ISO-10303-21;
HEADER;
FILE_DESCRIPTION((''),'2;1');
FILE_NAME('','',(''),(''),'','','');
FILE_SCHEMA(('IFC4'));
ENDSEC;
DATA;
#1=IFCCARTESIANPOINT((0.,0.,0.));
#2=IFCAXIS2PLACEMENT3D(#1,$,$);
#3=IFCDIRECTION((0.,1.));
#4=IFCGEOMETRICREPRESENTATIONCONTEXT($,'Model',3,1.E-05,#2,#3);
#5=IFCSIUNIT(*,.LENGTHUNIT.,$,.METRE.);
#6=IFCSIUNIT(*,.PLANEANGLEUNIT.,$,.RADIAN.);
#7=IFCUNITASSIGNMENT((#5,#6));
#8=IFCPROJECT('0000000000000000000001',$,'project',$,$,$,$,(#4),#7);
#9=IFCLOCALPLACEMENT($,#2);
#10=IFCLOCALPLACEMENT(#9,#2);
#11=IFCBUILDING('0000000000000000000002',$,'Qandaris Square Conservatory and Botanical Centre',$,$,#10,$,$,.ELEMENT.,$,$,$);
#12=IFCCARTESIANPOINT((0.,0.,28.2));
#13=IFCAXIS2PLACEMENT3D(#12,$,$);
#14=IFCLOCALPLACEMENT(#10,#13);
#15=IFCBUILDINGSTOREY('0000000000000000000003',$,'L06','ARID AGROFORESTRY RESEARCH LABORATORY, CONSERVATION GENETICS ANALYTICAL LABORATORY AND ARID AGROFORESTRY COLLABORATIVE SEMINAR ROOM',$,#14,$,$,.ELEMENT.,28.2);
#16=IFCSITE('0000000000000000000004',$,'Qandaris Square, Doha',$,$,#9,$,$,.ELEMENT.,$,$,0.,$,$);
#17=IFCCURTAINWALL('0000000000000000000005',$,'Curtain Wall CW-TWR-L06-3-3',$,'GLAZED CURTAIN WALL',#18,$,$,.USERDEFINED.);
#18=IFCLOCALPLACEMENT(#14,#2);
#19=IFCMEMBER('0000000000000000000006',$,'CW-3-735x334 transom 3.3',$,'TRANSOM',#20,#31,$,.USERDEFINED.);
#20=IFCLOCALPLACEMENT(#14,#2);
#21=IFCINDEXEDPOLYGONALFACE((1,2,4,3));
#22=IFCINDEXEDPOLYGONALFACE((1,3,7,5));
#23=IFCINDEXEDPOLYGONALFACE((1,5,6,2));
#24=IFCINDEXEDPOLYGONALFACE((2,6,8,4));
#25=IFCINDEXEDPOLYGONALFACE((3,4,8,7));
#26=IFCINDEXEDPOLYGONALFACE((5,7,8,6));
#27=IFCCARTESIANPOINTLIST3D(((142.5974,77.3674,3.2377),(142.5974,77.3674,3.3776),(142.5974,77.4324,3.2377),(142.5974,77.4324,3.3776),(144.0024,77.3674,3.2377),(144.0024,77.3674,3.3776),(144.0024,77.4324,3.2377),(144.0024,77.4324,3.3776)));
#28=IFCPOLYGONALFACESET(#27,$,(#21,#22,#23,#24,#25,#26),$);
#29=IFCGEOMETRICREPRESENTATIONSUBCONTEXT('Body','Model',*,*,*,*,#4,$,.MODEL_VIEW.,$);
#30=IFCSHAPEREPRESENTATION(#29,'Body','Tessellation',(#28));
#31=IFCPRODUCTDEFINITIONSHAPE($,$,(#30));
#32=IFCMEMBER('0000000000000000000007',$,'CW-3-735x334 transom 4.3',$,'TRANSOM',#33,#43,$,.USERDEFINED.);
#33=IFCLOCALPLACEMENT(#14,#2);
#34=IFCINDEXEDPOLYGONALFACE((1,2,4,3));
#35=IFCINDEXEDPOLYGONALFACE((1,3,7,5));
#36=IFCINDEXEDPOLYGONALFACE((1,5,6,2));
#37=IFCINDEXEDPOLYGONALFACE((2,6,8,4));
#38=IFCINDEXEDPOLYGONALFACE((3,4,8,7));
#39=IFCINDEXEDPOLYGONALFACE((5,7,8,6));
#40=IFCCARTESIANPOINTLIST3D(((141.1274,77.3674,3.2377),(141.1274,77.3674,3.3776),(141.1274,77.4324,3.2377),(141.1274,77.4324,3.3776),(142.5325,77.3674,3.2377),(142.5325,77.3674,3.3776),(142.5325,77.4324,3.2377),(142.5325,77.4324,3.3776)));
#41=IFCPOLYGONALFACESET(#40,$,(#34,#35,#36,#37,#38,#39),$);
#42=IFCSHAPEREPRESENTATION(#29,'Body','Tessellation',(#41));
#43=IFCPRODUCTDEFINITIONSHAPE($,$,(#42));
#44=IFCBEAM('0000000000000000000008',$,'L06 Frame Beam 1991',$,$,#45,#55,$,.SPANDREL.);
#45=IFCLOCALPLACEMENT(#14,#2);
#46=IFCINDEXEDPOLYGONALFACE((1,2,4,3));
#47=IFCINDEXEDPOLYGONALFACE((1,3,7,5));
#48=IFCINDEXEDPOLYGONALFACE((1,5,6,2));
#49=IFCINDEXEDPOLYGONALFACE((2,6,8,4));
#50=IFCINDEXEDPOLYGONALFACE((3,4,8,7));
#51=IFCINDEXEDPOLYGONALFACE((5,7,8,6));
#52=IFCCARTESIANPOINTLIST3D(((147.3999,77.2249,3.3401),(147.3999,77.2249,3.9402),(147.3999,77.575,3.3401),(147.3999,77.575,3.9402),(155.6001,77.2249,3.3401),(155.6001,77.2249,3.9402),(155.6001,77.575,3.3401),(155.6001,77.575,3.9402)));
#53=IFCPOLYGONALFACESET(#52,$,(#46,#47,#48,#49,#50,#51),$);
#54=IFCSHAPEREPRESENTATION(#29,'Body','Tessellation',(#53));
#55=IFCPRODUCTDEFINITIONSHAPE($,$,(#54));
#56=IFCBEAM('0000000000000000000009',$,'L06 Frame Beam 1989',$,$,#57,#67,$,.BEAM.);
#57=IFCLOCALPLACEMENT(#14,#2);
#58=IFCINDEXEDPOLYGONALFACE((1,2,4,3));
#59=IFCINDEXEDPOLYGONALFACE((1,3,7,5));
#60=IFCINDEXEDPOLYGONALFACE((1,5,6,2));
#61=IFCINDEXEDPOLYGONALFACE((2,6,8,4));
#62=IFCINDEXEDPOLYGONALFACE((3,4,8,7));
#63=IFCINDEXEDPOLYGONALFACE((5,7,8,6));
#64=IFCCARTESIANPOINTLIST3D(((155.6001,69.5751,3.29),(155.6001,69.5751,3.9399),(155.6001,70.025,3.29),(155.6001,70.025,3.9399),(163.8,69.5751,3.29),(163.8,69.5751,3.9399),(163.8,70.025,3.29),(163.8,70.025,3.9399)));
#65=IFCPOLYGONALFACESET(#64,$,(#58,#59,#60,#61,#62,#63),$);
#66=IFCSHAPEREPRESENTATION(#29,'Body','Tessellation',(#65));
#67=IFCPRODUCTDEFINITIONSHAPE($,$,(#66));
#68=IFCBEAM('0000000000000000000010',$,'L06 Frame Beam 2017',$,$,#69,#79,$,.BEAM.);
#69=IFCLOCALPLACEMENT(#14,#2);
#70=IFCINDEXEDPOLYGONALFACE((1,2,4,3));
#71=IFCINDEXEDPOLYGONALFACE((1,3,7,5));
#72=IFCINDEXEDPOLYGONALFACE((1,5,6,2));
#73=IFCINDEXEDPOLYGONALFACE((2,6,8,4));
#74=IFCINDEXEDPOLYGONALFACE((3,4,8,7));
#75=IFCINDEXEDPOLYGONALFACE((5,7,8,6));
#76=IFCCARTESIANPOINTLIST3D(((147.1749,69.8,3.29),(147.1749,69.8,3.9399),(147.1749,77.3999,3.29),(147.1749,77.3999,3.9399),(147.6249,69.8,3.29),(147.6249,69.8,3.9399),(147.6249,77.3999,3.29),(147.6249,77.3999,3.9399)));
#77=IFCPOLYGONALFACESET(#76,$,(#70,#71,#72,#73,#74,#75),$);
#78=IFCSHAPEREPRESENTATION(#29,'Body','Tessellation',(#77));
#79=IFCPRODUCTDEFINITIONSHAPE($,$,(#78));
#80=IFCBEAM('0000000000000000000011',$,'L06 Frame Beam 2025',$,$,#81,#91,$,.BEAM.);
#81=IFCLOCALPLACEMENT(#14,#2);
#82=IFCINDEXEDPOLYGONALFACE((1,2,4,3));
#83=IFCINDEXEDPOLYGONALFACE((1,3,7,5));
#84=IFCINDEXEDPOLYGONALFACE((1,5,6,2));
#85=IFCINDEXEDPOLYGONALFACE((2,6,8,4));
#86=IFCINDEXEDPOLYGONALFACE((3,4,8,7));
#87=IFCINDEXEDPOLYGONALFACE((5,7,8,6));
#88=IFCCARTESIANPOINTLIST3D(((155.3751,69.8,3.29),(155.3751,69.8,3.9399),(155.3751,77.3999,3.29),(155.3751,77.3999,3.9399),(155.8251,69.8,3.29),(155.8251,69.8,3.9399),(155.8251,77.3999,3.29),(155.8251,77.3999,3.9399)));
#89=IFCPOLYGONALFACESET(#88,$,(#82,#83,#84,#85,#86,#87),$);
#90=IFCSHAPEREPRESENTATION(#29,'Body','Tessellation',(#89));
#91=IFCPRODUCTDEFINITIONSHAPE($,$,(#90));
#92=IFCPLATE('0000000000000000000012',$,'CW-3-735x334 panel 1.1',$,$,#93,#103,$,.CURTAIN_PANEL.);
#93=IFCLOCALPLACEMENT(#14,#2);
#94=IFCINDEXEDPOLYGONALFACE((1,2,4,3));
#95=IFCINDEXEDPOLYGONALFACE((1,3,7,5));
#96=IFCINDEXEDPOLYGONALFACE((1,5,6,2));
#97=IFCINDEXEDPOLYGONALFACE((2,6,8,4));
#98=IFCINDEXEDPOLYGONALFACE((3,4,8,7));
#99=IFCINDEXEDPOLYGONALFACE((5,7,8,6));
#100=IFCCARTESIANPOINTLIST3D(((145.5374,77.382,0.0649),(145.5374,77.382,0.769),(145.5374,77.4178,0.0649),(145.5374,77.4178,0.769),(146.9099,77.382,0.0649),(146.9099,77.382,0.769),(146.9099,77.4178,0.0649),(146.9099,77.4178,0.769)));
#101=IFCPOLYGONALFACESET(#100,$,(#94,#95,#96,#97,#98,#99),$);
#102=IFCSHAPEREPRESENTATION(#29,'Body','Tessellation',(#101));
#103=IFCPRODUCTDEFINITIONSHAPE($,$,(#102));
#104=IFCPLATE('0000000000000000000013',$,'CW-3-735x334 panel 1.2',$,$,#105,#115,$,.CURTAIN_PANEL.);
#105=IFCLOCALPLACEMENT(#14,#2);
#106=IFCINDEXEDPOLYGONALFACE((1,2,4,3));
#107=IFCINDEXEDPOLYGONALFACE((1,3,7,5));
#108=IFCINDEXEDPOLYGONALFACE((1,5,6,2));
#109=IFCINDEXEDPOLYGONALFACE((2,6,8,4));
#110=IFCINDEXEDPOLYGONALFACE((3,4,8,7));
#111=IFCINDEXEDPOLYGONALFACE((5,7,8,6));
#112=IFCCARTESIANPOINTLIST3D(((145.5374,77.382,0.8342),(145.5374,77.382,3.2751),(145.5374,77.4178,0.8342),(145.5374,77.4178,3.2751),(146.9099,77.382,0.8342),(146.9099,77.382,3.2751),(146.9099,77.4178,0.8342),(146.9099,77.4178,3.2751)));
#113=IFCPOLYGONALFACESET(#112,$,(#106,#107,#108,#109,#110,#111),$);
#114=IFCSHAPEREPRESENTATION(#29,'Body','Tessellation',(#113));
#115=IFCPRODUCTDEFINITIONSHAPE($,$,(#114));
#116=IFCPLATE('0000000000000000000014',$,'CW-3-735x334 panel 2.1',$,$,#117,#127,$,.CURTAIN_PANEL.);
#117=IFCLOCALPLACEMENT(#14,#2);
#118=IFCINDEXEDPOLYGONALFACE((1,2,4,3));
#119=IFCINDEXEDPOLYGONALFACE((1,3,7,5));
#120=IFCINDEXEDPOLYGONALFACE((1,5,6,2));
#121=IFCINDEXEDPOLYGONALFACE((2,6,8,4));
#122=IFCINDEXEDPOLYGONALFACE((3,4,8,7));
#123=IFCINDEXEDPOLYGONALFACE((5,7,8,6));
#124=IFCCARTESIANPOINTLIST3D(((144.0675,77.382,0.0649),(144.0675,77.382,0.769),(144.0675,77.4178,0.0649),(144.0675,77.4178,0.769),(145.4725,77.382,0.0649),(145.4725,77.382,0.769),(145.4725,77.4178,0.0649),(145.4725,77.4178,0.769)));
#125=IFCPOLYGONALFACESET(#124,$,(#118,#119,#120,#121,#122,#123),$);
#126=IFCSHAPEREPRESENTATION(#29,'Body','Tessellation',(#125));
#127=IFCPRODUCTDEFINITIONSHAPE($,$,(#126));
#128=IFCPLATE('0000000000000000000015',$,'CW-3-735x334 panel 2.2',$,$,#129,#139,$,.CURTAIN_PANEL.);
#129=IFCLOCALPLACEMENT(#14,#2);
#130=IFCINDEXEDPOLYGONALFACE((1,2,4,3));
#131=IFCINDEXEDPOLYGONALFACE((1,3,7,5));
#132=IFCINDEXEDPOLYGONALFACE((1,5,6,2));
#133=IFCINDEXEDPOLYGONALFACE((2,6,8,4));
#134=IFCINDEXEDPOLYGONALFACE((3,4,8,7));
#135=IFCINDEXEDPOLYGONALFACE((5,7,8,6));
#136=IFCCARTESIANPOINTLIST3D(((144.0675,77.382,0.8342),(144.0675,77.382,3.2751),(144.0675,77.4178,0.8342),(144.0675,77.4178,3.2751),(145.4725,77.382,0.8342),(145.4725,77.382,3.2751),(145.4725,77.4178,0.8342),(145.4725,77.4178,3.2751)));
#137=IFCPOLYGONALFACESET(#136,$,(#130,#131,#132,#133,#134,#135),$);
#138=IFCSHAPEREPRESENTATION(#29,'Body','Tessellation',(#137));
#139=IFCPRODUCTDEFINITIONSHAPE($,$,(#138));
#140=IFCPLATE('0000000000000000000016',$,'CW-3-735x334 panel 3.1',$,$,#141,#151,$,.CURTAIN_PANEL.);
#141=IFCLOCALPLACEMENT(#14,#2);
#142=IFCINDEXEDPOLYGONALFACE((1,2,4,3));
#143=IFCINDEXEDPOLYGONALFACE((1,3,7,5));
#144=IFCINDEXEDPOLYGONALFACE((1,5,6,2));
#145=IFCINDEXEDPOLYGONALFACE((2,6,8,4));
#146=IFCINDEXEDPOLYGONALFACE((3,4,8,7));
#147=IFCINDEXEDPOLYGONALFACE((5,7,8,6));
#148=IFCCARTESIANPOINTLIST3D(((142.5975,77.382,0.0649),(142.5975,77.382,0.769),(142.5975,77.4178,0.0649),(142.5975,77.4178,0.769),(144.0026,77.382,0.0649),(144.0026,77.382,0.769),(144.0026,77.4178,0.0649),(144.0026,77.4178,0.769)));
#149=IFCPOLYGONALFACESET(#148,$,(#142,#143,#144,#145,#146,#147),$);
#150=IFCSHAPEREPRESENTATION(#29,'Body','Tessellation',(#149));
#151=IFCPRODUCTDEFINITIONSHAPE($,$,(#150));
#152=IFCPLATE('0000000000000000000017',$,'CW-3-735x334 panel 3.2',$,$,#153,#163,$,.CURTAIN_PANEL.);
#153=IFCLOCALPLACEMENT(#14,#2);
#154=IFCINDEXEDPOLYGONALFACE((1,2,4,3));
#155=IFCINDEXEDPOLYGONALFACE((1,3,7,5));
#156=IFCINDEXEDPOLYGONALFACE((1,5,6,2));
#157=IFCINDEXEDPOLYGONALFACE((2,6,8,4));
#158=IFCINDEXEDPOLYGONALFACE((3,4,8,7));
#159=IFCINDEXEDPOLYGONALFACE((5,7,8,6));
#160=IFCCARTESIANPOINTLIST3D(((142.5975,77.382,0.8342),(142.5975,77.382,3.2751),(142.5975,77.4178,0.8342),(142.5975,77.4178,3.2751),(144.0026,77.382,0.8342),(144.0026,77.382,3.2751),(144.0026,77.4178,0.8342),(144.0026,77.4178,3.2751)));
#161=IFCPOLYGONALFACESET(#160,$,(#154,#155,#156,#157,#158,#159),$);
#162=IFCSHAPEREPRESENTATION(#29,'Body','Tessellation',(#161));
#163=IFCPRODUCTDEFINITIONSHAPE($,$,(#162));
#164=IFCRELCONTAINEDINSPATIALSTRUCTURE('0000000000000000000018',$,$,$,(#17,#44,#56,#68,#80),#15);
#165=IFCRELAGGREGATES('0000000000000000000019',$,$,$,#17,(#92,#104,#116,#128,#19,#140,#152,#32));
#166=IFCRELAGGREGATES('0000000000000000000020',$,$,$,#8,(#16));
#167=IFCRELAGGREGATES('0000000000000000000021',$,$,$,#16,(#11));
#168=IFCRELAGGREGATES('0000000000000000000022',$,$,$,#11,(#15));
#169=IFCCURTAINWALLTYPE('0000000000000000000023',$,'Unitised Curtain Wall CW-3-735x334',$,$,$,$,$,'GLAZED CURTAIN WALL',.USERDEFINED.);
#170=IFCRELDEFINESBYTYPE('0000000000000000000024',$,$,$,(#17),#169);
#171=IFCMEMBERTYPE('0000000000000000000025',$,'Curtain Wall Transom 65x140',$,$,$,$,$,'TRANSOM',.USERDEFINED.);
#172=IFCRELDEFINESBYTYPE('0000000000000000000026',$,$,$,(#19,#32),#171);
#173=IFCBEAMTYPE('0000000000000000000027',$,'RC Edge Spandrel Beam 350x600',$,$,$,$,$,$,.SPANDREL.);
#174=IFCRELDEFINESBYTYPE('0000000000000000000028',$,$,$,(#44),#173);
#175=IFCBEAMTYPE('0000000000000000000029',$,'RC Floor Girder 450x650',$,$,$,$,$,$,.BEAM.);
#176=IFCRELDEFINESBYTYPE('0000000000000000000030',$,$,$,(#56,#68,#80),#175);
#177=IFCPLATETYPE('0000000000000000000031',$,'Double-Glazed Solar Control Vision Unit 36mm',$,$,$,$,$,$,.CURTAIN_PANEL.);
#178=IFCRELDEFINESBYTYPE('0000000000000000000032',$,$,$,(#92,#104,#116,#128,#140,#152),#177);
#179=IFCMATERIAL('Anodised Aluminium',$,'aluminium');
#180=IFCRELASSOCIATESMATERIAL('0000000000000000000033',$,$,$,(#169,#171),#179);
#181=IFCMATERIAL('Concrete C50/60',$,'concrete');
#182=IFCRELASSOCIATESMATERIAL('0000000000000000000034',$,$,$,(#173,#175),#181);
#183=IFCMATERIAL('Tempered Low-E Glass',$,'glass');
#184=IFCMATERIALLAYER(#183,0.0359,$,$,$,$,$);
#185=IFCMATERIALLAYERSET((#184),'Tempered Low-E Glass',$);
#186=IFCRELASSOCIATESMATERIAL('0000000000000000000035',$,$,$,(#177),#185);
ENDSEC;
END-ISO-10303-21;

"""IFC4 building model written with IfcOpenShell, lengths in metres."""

from ifc_helpers import new_model, si_unit, direction, frame, origin, origin_2d, place, context, subcontext, project, spatial, rectangle, extrude, material, layer, layer_set, material_profile, profile_set, type_object, element, aggregate, save


model = new_model("IFC4")

# Units and contexts
model_context = context("Model", 3, precision=1e-05, world=origin(), true_north=direction((0.0, 1.0)))
body_context = subcontext(model_context, "Body", "Model", "MODEL_VIEW")
ifc_project = project(units=[si_unit("LENGTHUNIT", "METRE"), si_unit("PLANEANGLEUNIT", "RADIAN")], contexts=[model_context])

# Site, building, storey
site_placement = place(None, origin())
site = spatial("IfcSite", under=ifc_project, at=site_placement, Name="Qandaris Square, Doha", CompositionType="ELEMENT", RefElevation=0.0)
building_placement = place(site_placement, origin())
building = spatial("IfcBuilding", under=site, at=building_placement, Name="Qandaris Square Conservatory and Botanical Centre", CompositionType="ELEMENT")
storey_placement = place(building_placement, frame((0.0, 0.0, 28.2)))
storey = spatial("IfcBuildingStorey", under=building, at=storey_placement, Name="L06", Description="ARID AGROFORESTRY RESEARCH LABORATORY, CONSERVATION GENETICS ANALYTICAL LABORATORY AND ARID AGROFORESTRY COLLABORATIVE SEMINAR ROOM", CompositionType="ELEMENT", Elevation=28.2)

# Shared definitions
ifc_material_1 = material(Name="Concrete C50/60", Category="concrete")

# Curtain wall, members
ifc_material_2 = material(Name="Anodised Aluminium", Category="aluminium")
curtain_wall_type = type_object("IfcCurtainWallType", Name="Unitised Curtain Wall CW-3-735x334", ElementType="GLAZED CURTAIN WALL", PredefinedType="USERDEFINED", material=ifc_material_2)
curtain_wall_placement = place(storey_placement, origin())
curtain_wall = element("IfcCurtainWall", 1, at=curtain_wall_placement, inside=storey, type_object=curtain_wall_type, Name="Curtain Wall CW-TWR-L06-3-3", ObjectType="GLAZED CURTAIN WALL", PredefinedType="USERDEFINED")
ifc_material_profile_1 = material_profile(ifc_material_2, rectangle(XDim=0.0649, YDim=0.1399, at=origin_2d()), Name="ALU-TRN 65x140")
ifc_profile_set_1 = profile_set([ifc_material_profile_1], Name="Anodised Aluminium")
member_type_1 = type_object("IfcMemberType", Name="Curtain Wall Transom 65x140", ElementType="TRANSOM", PredefinedType="USERDEFINED", material=ifc_profile_set_1)
member_1_placement = place(storey_placement, frame((144.0024, 77.3999, 3.3076), z_axis=(-1.0, 0.0, 0.0), x_axis=(0.0, -1.0, 0.0)))
member_1 = element("IfcMember", 2, at=member_1_placement, type_object=member_type_1, Name="CW-3-735x334 transom 3.3", ObjectType="TRANSOM", PredefinedType="USERDEFINED", context=body_context, shape_type="SweptSolid", body=[
    extrude(rectangle(XDim=0.0649, YDim=0.1399, at=origin_2d()), origin(), (0.0, 0.0, 1.0), 1.405),
])
member_2_placement = place(storey_placement, frame((142.5325, 77.3999, 3.3076), z_axis=(-1.0, 0.0, 0.0), x_axis=(0.0, -1.0, 0.0)))
member_2 = element("IfcMember", 3, at=member_2_placement, type_object=member_type_1, Name="CW-3-735x334 transom 4.3", ObjectType="TRANSOM", PredefinedType="USERDEFINED", context=body_context, shape_type="SweptSolid", body=[
    extrude(rectangle(XDim=0.0649, YDim=0.1399, at=origin_2d()), origin(), (0.0, 0.0, 1.0), 1.405),
])

# Beams
ifc_material_profile_2 = material_profile(ifc_material_1, rectangle(XDim=0.3501, YDim=0.6001, at=origin_2d()), Name="RC-SP 350x600")
ifc_profile_set_2 = profile_set([ifc_material_profile_2], Name="Concrete C50/60")
beam_type_1 = type_object("IfcBeamType", Name="RC Edge Spandrel Beam 350x600", PredefinedType="SPANDREL", material=ifc_profile_set_2)
beam_1_placement = place(storey_placement, frame((147.3999, 77.3999, 3.6401), z_axis=(1.0, 0.0, 0.0), x_axis=(0.0, 1.0, 0.0)))
element("IfcBeam", 4, at=beam_1_placement, inside=storey, type_object=beam_type_1, Name="L06 Frame Beam 1991", PredefinedType="SPANDREL", context=body_context, shape_type="SweptSolid", body=[
    extrude(rectangle(XDim=0.3501, YDim=0.6001, at=origin_2d()), origin(), (0.0, 0.0, 1.0), 8.2002),
])
ifc_material_profile_3 = material_profile(ifc_material_1, rectangle(XDim=0.45, YDim=0.6499, at=origin_2d()), Name="RC-BM 450x650")
ifc_profile_set_3 = profile_set([ifc_material_profile_3], Name="Concrete C50/60")
beam_type_2 = type_object("IfcBeamType", Name="RC Floor Girder 450x650", PredefinedType="BEAM", material=ifc_profile_set_3)
beam_2_placement = place(storey_placement, frame((155.6001, 69.8, 3.615), z_axis=(1.0, 0.0, 0.0), x_axis=(0.0, 1.0, 0.0)))
element("IfcBeam", 5, at=beam_2_placement, inside=storey, type_object=beam_type_2, Name="L06 Frame Beam 1989", PredefinedType="BEAM", context=body_context, shape_type="SweptSolid", body=[
    extrude(rectangle(XDim=0.45, YDim=0.6499, at=origin_2d()), origin(), (0.0, 0.0, 1.0), 8.2),
])
for number, where, z_axis, x_axis, name in (
    (6, (147.3999, 69.8, 3.615), (0.0, 1.0, 0.0), (-1.0, 0.0, 0.0), "L06 Frame Beam 2017"),
    (7, (155.6001, 69.8, 3.615), (0.0, 1.0, 0.0), (-1.0, 0.0, 0.0), "L06 Frame Beam 2025"),
):
    element("IfcBeam", number, at=place(storey_placement, frame(where, z_axis=z_axis, x_axis=x_axis)), inside=storey, type_object=beam_type_2, Name=name, PredefinedType="BEAM", context=body_context, shape_type="SweptSolid", body=[
        extrude(rectangle(XDim=0.45, YDim=0.6499, at=origin_2d()), origin(), (0.0, 0.0, 1.0), 7.5999),
    ])

# Plates
ifc_material_3 = material(Name="Tempered Low-E Glass", Category="glass")
ifc_layer_1 = layer(ifc_material_3, 0.0359)
ifc_layer_set_1 = layer_set([ifc_layer_1], Name="Tempered Low-E Glass")
plate_type = type_object("IfcPlateType", Name="Double-Glazed Solar Control Vision Unit 36mm", PredefinedType="CURTAIN_PANEL", material=ifc_layer_set_1)
plate_1_placement = place(storey_placement, frame((146.2236, 77.3999, 0.0649), z_axis=(0.0, 0.0, 1.0), x_axis=(-1.0, 0.0, 0.0)))
plate_1 = element("IfcPlate", 8, at=plate_1_placement, type_object=plate_type, Name="CW-3-735x334 panel 1.1", PredefinedType="CURTAIN_PANEL", context=body_context, shape_type="SweptSolid", body=[
    extrude(rectangle(XDim=1.3726, YDim=0.0359, at=origin_2d()), origin(), (0.0, 0.0, 1.0), 0.7041),
])
plate_2_placement = place(storey_placement, frame((146.2236, 77.3999, 0.8342), z_axis=(0.0, 0.0, 1.0), x_axis=(-1.0, 0.0, 0.0)))
plate_2 = element("IfcPlate", 9, at=plate_2_placement, type_object=plate_type, Name="CW-3-735x334 panel 1.2", PredefinedType="CURTAIN_PANEL", context=body_context, shape_type="SweptSolid", body=[
    extrude(rectangle(XDim=1.3726, YDim=0.0359, at=origin_2d()), origin(), (0.0, 0.0, 1.0), 2.4409),
])
plate_3_placement = place(storey_placement, frame((144.77, 77.3999, 0.0649), z_axis=(0.0, 0.0, 1.0), x_axis=(-1.0, 0.0, 0.0)))
plate_3 = element("IfcPlate", 10, at=plate_3_placement, type_object=plate_type, Name="CW-3-735x334 panel 2.1", PredefinedType="CURTAIN_PANEL", context=body_context, shape_type="SweptSolid", body=[
    extrude(rectangle(XDim=1.405, YDim=0.0359, at=origin_2d()), origin(), (0.0, 0.0, 1.0), 0.7041),
])
plate_4_placement = place(storey_placement, frame((144.77, 77.3999, 0.8342), z_axis=(0.0, 0.0, 1.0), x_axis=(-1.0, 0.0, 0.0)))
plate_4 = element("IfcPlate", 11, at=plate_4_placement, type_object=plate_type, Name="CW-3-735x334 panel 2.2", PredefinedType="CURTAIN_PANEL", context=body_context, shape_type="SweptSolid", body=[
    extrude(rectangle(XDim=1.405, YDim=0.0359, at=origin_2d()), origin(), (0.0, 0.0, 1.0), 2.4409),
])
plate_5_placement = place(storey_placement, frame((143.3, 77.3999, 0.0649), z_axis=(0.0, 0.0, 1.0), x_axis=(-1.0, 0.0, 0.0)))
plate_5 = element("IfcPlate", 12, at=plate_5_placement, type_object=plate_type, Name="CW-3-735x334 panel 3.1", PredefinedType="CURTAIN_PANEL", context=body_context, shape_type="SweptSolid", body=[
    extrude(rectangle(XDim=1.405, YDim=0.0359, at=origin_2d()), origin(), (0.0, 0.0, 1.0), 0.7041),
])
plate_6_placement = place(storey_placement, frame((143.3, 77.3999, 0.8342), z_axis=(0.0, 0.0, 1.0), x_axis=(-1.0, 0.0, 0.0)))
plate_6 = element("IfcPlate", 13, at=plate_6_placement, type_object=plate_type, Name="CW-3-735x334 panel 3.2", PredefinedType="CURTAIN_PANEL", context=body_context, shape_type="SweptSolid", body=[
    extrude(rectangle(XDim=1.405, YDim=0.0359, at=origin_2d()), origin(), (0.0, 0.0, 1.0), 2.4409),
])
aggregate(curtain_wall, [plate_1, plate_2, plate_3, plate_4, member_1, plate_5, plate_6, member_2])

save(model, "model.ifc")
